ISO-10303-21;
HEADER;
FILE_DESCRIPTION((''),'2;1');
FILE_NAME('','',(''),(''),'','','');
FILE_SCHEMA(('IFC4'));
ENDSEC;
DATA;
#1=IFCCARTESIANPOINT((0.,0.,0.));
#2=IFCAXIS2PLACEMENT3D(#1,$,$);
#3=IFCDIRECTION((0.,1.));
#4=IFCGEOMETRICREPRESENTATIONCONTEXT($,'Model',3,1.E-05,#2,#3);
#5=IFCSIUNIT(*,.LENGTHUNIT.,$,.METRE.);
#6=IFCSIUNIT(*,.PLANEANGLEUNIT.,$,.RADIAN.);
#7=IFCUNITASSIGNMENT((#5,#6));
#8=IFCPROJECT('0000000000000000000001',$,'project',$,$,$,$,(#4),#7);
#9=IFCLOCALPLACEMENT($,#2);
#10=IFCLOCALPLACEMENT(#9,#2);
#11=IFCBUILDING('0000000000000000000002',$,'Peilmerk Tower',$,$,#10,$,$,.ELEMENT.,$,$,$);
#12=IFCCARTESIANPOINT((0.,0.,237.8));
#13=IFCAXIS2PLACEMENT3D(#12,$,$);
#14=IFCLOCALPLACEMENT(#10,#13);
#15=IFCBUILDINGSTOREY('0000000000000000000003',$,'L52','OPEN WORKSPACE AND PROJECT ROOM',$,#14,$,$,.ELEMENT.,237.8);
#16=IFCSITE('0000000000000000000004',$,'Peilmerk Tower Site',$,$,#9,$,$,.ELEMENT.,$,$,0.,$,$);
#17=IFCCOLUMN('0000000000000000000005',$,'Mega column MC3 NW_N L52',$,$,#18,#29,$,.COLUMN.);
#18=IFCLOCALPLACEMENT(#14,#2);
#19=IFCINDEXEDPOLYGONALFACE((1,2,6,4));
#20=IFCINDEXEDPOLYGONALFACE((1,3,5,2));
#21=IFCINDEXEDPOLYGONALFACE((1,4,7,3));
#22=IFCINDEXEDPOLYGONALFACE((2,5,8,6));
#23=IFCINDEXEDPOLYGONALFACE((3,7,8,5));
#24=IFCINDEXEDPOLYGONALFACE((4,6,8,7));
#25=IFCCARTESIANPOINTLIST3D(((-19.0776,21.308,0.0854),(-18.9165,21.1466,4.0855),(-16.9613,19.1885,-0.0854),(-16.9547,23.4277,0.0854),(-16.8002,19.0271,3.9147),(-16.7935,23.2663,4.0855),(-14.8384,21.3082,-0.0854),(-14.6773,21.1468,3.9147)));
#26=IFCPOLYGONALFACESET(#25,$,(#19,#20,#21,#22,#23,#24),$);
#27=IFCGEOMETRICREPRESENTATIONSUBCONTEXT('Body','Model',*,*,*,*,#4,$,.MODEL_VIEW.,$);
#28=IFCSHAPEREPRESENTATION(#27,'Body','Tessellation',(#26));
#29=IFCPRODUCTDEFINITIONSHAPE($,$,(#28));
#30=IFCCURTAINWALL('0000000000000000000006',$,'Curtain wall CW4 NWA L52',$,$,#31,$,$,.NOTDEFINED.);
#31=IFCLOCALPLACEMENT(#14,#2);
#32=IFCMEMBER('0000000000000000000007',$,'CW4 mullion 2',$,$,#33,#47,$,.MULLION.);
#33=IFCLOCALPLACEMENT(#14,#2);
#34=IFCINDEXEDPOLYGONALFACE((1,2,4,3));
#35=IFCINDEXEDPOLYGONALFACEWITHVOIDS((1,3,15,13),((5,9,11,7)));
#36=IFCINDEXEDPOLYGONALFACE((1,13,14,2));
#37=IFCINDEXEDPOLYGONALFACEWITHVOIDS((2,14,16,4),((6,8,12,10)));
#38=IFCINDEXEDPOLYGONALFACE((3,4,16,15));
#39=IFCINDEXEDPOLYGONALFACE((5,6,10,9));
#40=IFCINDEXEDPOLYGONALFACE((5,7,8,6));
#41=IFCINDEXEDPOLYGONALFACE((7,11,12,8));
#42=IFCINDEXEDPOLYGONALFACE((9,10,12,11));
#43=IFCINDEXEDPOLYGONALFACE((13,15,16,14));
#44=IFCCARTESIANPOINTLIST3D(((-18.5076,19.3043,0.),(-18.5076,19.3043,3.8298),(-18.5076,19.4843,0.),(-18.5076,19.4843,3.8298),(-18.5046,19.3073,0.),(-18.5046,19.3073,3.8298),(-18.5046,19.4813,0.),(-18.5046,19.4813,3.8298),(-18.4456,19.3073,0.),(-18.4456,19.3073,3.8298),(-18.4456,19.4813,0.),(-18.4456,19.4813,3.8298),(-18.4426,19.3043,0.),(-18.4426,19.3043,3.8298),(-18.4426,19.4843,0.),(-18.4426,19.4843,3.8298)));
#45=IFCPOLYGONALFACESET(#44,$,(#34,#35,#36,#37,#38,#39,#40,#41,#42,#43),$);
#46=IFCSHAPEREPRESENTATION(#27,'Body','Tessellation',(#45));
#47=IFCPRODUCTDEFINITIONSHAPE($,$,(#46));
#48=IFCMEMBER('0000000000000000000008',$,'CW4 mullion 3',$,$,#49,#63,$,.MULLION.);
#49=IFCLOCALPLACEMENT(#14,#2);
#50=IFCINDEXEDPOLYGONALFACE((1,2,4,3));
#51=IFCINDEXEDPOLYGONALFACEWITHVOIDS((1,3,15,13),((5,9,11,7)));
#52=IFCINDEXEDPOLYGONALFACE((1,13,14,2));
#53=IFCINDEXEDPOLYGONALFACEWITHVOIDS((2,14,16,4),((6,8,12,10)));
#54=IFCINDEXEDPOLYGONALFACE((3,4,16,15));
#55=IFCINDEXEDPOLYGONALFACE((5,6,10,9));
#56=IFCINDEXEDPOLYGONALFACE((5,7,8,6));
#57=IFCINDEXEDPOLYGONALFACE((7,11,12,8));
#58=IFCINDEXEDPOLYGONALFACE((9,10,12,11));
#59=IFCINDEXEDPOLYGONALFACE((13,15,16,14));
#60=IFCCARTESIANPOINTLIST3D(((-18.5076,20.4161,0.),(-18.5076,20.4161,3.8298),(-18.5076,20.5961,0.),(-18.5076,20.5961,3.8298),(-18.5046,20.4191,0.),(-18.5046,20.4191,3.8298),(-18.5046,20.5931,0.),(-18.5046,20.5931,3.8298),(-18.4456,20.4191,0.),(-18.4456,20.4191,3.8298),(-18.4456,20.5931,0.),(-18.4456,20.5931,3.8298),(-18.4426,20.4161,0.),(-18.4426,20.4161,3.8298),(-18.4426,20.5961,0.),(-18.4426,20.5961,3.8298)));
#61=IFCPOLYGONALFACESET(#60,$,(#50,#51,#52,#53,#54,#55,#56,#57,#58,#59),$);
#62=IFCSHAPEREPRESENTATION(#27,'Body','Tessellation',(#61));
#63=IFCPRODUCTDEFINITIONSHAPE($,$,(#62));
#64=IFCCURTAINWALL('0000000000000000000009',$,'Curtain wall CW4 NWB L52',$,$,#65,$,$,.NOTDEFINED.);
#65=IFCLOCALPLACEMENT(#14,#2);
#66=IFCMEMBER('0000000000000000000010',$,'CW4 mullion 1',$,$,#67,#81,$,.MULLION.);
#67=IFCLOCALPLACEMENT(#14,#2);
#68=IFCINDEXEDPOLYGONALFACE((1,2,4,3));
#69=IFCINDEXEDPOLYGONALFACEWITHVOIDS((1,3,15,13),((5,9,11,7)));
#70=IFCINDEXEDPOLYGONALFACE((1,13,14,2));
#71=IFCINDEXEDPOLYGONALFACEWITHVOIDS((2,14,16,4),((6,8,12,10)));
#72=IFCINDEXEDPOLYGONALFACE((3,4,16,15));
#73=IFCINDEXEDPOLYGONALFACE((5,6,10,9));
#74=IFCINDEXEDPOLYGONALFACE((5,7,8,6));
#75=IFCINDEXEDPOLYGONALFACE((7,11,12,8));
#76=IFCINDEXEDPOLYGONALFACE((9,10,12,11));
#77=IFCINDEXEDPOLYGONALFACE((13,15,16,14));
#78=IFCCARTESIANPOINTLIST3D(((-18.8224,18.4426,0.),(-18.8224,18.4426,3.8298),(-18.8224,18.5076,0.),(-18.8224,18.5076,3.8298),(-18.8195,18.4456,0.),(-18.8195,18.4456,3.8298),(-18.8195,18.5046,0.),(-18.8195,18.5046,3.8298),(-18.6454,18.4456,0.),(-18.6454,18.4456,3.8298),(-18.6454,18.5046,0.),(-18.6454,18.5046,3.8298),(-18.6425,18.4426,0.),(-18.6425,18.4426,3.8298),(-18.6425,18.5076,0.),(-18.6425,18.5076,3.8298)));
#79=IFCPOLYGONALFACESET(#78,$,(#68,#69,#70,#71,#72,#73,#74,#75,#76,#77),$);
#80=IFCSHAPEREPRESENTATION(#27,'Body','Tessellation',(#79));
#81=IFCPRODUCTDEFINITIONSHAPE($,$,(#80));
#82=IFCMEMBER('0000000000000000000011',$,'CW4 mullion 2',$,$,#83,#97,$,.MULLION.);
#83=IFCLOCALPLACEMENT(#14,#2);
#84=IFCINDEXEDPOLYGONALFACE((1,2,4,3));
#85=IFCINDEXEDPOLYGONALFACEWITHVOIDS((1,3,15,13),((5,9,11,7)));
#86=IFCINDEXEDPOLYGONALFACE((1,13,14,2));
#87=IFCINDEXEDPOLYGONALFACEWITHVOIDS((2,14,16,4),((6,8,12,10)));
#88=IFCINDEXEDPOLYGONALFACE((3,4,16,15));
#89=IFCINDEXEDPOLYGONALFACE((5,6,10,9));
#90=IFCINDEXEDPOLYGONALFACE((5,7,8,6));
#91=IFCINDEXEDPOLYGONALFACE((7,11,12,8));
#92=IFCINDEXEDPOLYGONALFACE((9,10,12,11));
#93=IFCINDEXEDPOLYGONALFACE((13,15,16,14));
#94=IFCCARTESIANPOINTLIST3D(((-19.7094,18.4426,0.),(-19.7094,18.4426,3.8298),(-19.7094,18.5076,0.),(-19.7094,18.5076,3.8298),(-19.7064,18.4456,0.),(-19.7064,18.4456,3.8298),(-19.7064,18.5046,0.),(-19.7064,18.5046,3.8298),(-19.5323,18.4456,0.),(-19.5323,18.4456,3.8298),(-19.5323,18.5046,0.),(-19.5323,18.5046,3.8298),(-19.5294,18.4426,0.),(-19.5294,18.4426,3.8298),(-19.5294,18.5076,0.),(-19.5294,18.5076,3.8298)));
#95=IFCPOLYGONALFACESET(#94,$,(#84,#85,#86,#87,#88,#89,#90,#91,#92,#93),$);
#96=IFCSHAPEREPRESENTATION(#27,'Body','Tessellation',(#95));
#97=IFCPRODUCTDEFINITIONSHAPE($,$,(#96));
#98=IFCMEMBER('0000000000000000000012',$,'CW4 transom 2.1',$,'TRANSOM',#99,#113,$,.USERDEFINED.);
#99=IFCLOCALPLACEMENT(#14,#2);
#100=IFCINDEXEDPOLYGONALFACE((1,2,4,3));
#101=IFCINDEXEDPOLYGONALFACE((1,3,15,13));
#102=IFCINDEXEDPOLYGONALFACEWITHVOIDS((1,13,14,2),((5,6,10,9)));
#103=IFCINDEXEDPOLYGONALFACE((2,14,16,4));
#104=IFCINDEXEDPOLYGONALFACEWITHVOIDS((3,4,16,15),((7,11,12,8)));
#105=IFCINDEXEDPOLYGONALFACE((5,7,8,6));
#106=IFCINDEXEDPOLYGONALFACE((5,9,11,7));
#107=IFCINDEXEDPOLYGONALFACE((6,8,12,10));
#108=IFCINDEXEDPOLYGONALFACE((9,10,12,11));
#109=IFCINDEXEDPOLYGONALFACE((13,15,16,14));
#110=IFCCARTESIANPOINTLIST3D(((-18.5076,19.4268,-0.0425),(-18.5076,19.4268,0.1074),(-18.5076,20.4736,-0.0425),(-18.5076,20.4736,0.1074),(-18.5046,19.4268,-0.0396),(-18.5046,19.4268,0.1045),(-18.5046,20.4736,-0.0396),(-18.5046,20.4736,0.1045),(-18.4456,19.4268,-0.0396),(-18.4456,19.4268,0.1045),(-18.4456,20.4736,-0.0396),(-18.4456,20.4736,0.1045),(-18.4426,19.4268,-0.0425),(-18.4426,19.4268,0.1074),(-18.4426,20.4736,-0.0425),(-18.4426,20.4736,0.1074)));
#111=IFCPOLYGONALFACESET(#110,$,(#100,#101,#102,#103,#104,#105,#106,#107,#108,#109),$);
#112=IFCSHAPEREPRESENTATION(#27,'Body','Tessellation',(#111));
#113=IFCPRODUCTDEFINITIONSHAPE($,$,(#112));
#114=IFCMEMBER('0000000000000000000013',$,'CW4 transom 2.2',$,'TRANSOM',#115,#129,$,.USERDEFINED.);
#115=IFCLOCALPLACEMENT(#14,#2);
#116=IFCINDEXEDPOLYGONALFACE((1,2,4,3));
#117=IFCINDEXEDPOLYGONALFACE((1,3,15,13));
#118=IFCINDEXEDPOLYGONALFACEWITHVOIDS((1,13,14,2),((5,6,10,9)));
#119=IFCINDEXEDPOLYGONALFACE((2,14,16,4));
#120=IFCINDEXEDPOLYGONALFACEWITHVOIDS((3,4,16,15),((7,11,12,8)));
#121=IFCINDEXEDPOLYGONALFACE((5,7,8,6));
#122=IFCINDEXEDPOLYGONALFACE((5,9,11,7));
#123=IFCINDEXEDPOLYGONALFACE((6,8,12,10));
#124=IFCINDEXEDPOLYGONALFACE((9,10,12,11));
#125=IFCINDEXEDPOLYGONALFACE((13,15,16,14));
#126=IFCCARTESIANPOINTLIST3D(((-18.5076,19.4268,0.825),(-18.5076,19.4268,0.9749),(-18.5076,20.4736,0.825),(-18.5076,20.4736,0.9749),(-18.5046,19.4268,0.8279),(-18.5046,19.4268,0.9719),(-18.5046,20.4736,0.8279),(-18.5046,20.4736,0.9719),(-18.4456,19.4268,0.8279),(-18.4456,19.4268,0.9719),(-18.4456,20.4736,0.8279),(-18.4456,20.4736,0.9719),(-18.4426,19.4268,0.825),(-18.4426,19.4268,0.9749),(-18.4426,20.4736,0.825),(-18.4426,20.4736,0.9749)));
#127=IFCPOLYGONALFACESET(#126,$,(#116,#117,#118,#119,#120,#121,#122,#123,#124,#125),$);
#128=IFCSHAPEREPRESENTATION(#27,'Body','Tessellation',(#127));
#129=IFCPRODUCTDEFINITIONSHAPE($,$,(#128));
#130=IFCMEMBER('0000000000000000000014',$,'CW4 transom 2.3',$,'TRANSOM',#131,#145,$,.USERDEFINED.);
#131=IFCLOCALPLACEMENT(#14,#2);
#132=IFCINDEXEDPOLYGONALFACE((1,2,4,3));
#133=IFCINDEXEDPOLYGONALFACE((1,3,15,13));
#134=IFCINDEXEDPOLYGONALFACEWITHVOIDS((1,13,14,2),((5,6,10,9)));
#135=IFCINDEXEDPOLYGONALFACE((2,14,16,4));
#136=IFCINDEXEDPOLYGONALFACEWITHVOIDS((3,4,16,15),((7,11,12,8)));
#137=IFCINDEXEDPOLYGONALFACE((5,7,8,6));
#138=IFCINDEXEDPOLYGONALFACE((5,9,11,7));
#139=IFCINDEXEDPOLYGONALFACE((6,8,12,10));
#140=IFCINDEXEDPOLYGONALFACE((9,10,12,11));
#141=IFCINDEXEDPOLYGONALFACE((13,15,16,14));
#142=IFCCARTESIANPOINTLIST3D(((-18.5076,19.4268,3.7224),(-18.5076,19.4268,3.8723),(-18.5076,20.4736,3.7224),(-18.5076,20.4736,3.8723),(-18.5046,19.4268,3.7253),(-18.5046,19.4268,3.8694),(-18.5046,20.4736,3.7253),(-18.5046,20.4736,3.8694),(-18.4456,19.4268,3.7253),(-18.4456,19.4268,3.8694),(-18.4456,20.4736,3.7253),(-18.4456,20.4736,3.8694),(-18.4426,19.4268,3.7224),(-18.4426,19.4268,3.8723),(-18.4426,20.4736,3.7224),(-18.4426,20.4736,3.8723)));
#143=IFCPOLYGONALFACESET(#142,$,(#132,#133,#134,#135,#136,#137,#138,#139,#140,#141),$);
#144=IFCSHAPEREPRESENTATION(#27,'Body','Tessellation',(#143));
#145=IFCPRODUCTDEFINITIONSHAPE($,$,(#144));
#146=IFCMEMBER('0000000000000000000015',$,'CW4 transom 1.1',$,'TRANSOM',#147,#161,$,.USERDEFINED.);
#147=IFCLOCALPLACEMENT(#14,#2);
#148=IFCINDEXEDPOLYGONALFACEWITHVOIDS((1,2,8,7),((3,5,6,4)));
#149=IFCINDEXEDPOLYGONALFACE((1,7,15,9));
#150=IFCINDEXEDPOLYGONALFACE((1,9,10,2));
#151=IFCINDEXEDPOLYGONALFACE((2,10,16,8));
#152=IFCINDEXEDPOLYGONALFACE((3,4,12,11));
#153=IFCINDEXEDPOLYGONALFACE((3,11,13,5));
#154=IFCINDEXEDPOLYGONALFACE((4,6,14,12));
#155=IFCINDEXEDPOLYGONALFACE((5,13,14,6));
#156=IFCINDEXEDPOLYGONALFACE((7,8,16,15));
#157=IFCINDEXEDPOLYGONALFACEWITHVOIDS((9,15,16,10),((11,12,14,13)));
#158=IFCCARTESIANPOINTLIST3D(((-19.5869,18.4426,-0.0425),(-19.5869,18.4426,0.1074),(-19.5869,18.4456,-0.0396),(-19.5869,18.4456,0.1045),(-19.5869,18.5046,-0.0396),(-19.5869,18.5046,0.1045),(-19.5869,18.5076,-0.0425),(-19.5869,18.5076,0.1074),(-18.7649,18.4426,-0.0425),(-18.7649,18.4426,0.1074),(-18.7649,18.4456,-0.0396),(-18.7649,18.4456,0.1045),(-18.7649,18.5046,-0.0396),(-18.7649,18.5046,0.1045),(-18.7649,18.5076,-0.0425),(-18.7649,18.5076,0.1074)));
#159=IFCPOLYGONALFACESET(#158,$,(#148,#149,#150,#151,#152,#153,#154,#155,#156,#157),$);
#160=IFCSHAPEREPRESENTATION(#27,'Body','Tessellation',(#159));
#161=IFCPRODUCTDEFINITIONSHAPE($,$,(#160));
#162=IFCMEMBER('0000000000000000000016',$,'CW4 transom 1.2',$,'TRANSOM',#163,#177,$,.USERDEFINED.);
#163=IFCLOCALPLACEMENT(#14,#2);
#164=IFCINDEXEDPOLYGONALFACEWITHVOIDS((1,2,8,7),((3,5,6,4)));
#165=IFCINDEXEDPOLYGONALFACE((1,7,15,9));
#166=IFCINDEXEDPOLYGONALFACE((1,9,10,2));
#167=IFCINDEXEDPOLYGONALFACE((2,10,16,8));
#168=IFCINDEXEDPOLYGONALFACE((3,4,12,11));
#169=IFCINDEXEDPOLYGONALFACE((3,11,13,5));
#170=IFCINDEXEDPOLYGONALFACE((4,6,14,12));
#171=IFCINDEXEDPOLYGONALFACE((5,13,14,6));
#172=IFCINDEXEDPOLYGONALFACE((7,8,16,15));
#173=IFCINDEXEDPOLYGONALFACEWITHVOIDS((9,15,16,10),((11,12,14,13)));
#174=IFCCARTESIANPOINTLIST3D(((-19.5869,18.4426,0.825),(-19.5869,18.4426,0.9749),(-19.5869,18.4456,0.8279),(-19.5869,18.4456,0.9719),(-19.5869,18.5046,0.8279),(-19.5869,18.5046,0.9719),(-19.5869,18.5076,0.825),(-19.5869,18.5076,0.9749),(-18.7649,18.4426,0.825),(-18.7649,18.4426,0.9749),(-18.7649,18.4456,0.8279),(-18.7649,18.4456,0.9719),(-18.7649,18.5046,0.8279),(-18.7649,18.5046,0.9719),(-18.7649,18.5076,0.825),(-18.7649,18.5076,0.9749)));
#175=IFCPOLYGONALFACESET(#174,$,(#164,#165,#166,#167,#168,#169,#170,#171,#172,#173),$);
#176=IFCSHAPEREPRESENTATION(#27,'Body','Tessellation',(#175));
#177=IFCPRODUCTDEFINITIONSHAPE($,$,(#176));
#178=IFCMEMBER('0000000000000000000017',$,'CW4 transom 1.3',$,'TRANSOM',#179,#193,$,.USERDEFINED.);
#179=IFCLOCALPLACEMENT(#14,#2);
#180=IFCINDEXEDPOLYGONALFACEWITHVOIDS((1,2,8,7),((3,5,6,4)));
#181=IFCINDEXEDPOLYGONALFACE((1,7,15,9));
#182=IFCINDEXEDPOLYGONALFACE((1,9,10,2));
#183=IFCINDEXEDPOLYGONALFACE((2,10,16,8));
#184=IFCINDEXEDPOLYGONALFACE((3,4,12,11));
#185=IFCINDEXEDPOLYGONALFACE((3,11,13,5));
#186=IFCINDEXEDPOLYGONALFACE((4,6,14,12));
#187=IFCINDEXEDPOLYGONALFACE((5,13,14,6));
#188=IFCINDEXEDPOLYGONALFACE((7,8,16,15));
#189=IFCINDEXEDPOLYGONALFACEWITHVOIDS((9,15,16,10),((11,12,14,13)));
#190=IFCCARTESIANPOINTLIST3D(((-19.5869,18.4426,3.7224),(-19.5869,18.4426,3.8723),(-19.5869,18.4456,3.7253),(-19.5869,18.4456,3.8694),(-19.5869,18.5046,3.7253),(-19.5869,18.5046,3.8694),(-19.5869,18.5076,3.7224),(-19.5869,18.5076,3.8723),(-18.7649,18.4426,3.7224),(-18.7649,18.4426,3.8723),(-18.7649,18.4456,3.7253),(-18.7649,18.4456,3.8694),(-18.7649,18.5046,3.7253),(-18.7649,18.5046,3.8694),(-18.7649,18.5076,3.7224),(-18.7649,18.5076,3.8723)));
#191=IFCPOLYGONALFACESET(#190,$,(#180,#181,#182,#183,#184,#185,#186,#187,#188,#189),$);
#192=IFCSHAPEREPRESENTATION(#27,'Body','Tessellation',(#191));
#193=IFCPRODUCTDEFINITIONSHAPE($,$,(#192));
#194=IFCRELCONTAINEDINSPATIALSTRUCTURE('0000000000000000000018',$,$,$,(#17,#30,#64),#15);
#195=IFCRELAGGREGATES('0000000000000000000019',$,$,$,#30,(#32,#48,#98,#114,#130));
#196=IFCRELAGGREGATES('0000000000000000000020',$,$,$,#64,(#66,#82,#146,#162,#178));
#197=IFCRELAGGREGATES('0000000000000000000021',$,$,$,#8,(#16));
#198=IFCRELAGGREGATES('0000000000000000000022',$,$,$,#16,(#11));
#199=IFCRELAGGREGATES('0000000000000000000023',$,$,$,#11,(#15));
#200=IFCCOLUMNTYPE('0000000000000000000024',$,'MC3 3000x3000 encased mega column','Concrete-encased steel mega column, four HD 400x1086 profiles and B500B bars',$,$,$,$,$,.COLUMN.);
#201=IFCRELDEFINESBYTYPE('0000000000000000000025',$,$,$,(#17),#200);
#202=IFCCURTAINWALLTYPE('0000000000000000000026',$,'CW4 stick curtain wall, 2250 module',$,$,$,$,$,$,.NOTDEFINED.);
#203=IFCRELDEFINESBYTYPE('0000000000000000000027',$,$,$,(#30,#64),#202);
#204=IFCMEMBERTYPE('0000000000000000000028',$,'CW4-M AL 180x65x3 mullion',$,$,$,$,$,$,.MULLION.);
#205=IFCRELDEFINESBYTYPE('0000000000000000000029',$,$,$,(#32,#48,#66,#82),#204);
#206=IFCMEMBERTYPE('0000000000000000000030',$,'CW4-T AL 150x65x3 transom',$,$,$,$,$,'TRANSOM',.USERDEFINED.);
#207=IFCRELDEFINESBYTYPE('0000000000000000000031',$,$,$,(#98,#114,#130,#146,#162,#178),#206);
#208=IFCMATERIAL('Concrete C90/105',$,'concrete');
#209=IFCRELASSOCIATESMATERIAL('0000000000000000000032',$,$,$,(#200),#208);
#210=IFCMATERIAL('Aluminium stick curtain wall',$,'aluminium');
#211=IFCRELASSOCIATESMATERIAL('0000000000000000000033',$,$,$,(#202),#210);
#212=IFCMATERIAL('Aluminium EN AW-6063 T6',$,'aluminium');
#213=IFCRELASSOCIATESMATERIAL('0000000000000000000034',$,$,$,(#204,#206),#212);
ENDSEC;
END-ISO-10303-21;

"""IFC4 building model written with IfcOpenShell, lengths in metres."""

from ifc_helpers import new_model, si_unit, direction, frame, origin, origin_2d, place, context, subcontext, project, spatial, rectangle, hollow_rectangle, extrude, material, material_profile, profile_set, type_object, element, aggregate, save


model = new_model("IFC4")

# Units and contexts
model_context = context("Model", 3, precision=1e-05, world=origin(), true_north=direction((0.0, 1.0)))
body_context = subcontext(model_context, "Body", "Model", "MODEL_VIEW")
ifc_project = project(units=[si_unit("LENGTHUNIT", "METRE"), si_unit("PLANEANGLEUNIT", "RADIAN")], contexts=[model_context])

# Site, building, storey
site_placement = place(None, origin())
site = spatial("IfcSite", under=ifc_project, at=site_placement, Name="Peilmerk Tower Site", CompositionType="ELEMENT", RefElevation=0.0)
building_placement = place(site_placement, origin())
building = spatial("IfcBuilding", under=site, at=building_placement, Name="Peilmerk Tower", CompositionType="ELEMENT")
storey_placement = place(building_placement, frame((0.0, 0.0, 237.8)))
storey = spatial("IfcBuildingStorey", under=building, at=storey_placement, Name="L52", Description="OPEN WORKSPACE AND PROJECT ROOM", CompositionType="ELEMENT", Elevation=237.8)

# Column
ifc_material_1 = material(Name="Concrete C90/105", Category="concrete")
ifc_material_profile_1 = material_profile(ifc_material_1, rectangle(XDim=3.0, YDim=3.0, at=origin_2d()), Name="RC 3000x3000")
ifc_profile_set_1 = profile_set([ifc_material_profile_1], Name="Concrete C90/105")
column_type = type_object("IfcColumnType", Name="MC3 3000x3000 encased mega column", Description="Concrete-encased steel mega column, four HD 400x1086 profiles and B500B bars", PredefinedType="COLUMN", material=ifc_profile_set_1)
column_placement = place(storey_placement, frame((-16.958, 21.3081, 0.0), z_axis=(0.040218, -0.040279, 0.998379), x_axis=(0.707642, 0.706571, 0.0)))
element("IfcColumn", 1, at=column_placement, inside=storey, type_object=column_type, Name="Mega column MC3 NW_N L52", PredefinedType="COLUMN", context=body_context, shape_type="SweptSolid", body=[
    extrude(rectangle(XDim=3.0, YDim=3.0, at=origin_2d()), origin(), (0.0, 0.0, 1.0), 4.0066),
])

# Curtain walls, members
ifc_material_2 = material(Name="Aluminium stick curtain wall", Category="aluminium")
curtain_wall_type = type_object("IfcCurtainWallType", Name="CW4 stick curtain wall, 2250 module", PredefinedType="NOTDEFINED", material=ifc_material_2)
curtain_wall_1_placement = place(storey_placement, origin())
curtain_wall_1 = element("IfcCurtainWall", 2, at=curtain_wall_1_placement, inside=storey, type_object=curtain_wall_type, Name="Curtain wall CW4 NWA L52", PredefinedType="NOTDEFINED")
ifc_material_3 = material(Name="Aluminium EN AW-6063 T6", Category="aluminium")
ifc_material_profile_2 = material_profile(ifc_material_3, hollow_rectangle(XDim=0.0649, YDim=0.1799, WallThickness=0.0029, at=origin_2d()), Name="AL 180x65x3")
ifc_profile_set_2 = profile_set([ifc_material_profile_2], Name="Aluminium EN AW-6063 T6")
member_type_1 = type_object("IfcMemberType", Name="CW4-M AL 180x65x3 mullion", PredefinedType="MULLION", material=ifc_profile_set_2)
member_1_placement = place(storey_placement, frame((-18.4751, 19.3943, 0.0), z_axis=(0.0, 0.0, 1.0), x_axis=(-1.0, 0.0, 0.0)))
member_1 = element("IfcMember", 3, at=member_1_placement, type_object=member_type_1, Name="CW4 mullion 2", PredefinedType="MULLION", context=body_context, shape_type="SweptSolid", body=[
    extrude(hollow_rectangle(XDim=0.0649, YDim=0.1799, WallThickness=0.0029, at=origin_2d()), origin(), (0.0, 0.0, 1.0), 3.8298),
])
member_2_placement = place(storey_placement, frame((-18.4751, 20.5061, 0.0), z_axis=(0.0, 0.0, 1.0), x_axis=(-1.0, 0.0, 0.0)))
member_2 = element("IfcMember", 4, at=member_2_placement, type_object=member_type_1, Name="CW4 mullion 3", PredefinedType="MULLION", context=body_context, shape_type="SweptSolid", body=[
    extrude(hollow_rectangle(XDim=0.0649, YDim=0.1799, WallThickness=0.0029, at=origin_2d()), origin(), (0.0, 0.0, 1.0), 3.8298),
])
curtain_wall_2_placement = place(storey_placement, origin())
curtain_wall_2 = element("IfcCurtainWall", 5, at=curtain_wall_2_placement, inside=storey, type_object=curtain_wall_type, Name="Curtain wall CW4 NWB L52", PredefinedType="NOTDEFINED")
member_3_placement = place(storey_placement, frame((-18.7324, 18.4751, 0.0), z_axis=(0.0, 0.0, 1.0), x_axis=(0.0, -1.0, 0.0)))
member_3 = element("IfcMember", 6, at=member_3_placement, type_object=member_type_1, Name="CW4 mullion 1", PredefinedType="MULLION", context=body_context, shape_type="SweptSolid", body=[
    extrude(hollow_rectangle(XDim=0.0649, YDim=0.1799, WallThickness=0.0029, at=origin_2d()), origin(), (0.0, 0.0, 1.0), 3.8298),
])
member_4_placement = place(storey_placement, frame((-19.6194, 18.4751, 0.0), z_axis=(0.0, 0.0, 1.0), x_axis=(0.0, -1.0, 0.0)))
member_4 = element("IfcMember", 7, at=member_4_placement, type_object=member_type_1, Name="CW4 mullion 2", PredefinedType="MULLION", context=body_context, shape_type="SweptSolid", body=[
    extrude(hollow_rectangle(XDim=0.0649, YDim=0.1799, WallThickness=0.0029, at=origin_2d()), origin(), (0.0, 0.0, 1.0), 3.8298),
])

# Members
ifc_material_profile_3 = material_profile(ifc_material_3, hollow_rectangle(XDim=0.0649, YDim=0.1499, WallThickness=0.0029, at=origin_2d()), Name="AL 150x65x3")
ifc_profile_set_3 = profile_set([ifc_material_profile_3], Name="Aluminium EN AW-6063 T6")
member_type_2 = type_object("IfcMemberType", Name="CW4-T AL 150x65x3 transom", ElementType="TRANSOM", PredefinedType="USERDEFINED", material=ifc_profile_set_3)
member_5_placement = place(storey_placement, frame((-18.4751, 19.4268, 0.0325), z_axis=(0.0, 1.0, 0.0), x_axis=(-1.0, 0.0, 0.0)))
member_5 = element("IfcMember", 8, at=member_5_placement, type_object=member_type_2, Name="CW4 transom 2.1", ObjectType="TRANSOM", PredefinedType="USERDEFINED", context=body_context, shape_type="SweptSolid", body=[
    extrude(hollow_rectangle(XDim=0.0649, YDim=0.1499, WallThickness=0.0029, at=origin_2d()), origin(), (0.0, 0.0, 1.0), 1.0469),
])
member_6_placement = place(storey_placement, frame((-18.4751, 19.4268, 0.8999), z_axis=(0.0, 1.0, 0.0), x_axis=(-1.0, 0.0, 0.0)))
member_6 = element("IfcMember", 9, at=member_6_placement, type_object=member_type_2, Name="CW4 transom 2.2", ObjectType="TRANSOM", PredefinedType="USERDEFINED", context=body_context, shape_type="SweptSolid", body=[
    extrude(hollow_rectangle(XDim=0.0649, YDim=0.1499, WallThickness=0.0029, at=origin_2d()), origin(), (0.0, 0.0, 1.0), 1.0469),
])
member_7_placement = place(storey_placement, frame((-18.4751, 19.4268, 3.7974), z_axis=(0.0, 1.0, 0.0), x_axis=(-1.0, 0.0, 0.0)))
member_7 = element("IfcMember", 10, at=member_7_placement, type_object=member_type_2, Name="CW4 transom 2.3", ObjectType="TRANSOM", PredefinedType="USERDEFINED", context=body_context, shape_type="SweptSolid", body=[
    extrude(hollow_rectangle(XDim=0.0649, YDim=0.1499, WallThickness=0.0029, at=origin_2d()), origin(), (0.0, 0.0, 1.0), 1.0469),
])
member_8_placement = place(storey_placement, frame((-18.7649, 18.4751, 0.0325), z_axis=(-1.0, 0.0, 0.0), x_axis=(0.0, -1.0, 0.0)))
member_8 = element("IfcMember", 11, at=member_8_placement, type_object=member_type_2, Name="CW4 transom 1.1", ObjectType="TRANSOM", PredefinedType="USERDEFINED", context=body_context, shape_type="SweptSolid", body=[
    extrude(hollow_rectangle(XDim=0.0649, YDim=0.1499, WallThickness=0.0029, at=origin_2d()), origin(), (0.0, 0.0, 1.0), 0.822),
])
member_9_placement = place(storey_placement, frame((-18.7649, 18.4751, 0.8999), z_axis=(-1.0, 0.0, 0.0), x_axis=(0.0, -1.0, 0.0)))
member_9 = element("IfcMember", 12, at=member_9_placement, type_object=member_type_2, Name="CW4 transom 1.2", ObjectType="TRANSOM", PredefinedType="USERDEFINED", context=body_context, shape_type="SweptSolid", body=[
    extrude(hollow_rectangle(XDim=0.0649, YDim=0.1499, WallThickness=0.0029, at=origin_2d()), origin(), (0.0, 0.0, 1.0), 0.822),
])
member_10_placement = place(storey_placement, frame((-18.7649, 18.4751, 3.7974), z_axis=(-1.0, 0.0, 0.0), x_axis=(0.0, -1.0, 0.0)))
member_10 = element("IfcMember", 13, at=member_10_placement, type_object=member_type_2, Name="CW4 transom 1.3", ObjectType="TRANSOM", PredefinedType="USERDEFINED", context=body_context, shape_type="SweptSolid", body=[
    extrude(hollow_rectangle(XDim=0.0649, YDim=0.1499, WallThickness=0.0029, at=origin_2d()), origin(), (0.0, 0.0, 1.0), 0.822),
])

aggregate(curtain_wall_1, [member_1, member_2, member_5, member_6, member_7])
aggregate(curtain_wall_2, [member_3, member_4, member_8, member_9, member_10])

save(model, "model.ifc")
